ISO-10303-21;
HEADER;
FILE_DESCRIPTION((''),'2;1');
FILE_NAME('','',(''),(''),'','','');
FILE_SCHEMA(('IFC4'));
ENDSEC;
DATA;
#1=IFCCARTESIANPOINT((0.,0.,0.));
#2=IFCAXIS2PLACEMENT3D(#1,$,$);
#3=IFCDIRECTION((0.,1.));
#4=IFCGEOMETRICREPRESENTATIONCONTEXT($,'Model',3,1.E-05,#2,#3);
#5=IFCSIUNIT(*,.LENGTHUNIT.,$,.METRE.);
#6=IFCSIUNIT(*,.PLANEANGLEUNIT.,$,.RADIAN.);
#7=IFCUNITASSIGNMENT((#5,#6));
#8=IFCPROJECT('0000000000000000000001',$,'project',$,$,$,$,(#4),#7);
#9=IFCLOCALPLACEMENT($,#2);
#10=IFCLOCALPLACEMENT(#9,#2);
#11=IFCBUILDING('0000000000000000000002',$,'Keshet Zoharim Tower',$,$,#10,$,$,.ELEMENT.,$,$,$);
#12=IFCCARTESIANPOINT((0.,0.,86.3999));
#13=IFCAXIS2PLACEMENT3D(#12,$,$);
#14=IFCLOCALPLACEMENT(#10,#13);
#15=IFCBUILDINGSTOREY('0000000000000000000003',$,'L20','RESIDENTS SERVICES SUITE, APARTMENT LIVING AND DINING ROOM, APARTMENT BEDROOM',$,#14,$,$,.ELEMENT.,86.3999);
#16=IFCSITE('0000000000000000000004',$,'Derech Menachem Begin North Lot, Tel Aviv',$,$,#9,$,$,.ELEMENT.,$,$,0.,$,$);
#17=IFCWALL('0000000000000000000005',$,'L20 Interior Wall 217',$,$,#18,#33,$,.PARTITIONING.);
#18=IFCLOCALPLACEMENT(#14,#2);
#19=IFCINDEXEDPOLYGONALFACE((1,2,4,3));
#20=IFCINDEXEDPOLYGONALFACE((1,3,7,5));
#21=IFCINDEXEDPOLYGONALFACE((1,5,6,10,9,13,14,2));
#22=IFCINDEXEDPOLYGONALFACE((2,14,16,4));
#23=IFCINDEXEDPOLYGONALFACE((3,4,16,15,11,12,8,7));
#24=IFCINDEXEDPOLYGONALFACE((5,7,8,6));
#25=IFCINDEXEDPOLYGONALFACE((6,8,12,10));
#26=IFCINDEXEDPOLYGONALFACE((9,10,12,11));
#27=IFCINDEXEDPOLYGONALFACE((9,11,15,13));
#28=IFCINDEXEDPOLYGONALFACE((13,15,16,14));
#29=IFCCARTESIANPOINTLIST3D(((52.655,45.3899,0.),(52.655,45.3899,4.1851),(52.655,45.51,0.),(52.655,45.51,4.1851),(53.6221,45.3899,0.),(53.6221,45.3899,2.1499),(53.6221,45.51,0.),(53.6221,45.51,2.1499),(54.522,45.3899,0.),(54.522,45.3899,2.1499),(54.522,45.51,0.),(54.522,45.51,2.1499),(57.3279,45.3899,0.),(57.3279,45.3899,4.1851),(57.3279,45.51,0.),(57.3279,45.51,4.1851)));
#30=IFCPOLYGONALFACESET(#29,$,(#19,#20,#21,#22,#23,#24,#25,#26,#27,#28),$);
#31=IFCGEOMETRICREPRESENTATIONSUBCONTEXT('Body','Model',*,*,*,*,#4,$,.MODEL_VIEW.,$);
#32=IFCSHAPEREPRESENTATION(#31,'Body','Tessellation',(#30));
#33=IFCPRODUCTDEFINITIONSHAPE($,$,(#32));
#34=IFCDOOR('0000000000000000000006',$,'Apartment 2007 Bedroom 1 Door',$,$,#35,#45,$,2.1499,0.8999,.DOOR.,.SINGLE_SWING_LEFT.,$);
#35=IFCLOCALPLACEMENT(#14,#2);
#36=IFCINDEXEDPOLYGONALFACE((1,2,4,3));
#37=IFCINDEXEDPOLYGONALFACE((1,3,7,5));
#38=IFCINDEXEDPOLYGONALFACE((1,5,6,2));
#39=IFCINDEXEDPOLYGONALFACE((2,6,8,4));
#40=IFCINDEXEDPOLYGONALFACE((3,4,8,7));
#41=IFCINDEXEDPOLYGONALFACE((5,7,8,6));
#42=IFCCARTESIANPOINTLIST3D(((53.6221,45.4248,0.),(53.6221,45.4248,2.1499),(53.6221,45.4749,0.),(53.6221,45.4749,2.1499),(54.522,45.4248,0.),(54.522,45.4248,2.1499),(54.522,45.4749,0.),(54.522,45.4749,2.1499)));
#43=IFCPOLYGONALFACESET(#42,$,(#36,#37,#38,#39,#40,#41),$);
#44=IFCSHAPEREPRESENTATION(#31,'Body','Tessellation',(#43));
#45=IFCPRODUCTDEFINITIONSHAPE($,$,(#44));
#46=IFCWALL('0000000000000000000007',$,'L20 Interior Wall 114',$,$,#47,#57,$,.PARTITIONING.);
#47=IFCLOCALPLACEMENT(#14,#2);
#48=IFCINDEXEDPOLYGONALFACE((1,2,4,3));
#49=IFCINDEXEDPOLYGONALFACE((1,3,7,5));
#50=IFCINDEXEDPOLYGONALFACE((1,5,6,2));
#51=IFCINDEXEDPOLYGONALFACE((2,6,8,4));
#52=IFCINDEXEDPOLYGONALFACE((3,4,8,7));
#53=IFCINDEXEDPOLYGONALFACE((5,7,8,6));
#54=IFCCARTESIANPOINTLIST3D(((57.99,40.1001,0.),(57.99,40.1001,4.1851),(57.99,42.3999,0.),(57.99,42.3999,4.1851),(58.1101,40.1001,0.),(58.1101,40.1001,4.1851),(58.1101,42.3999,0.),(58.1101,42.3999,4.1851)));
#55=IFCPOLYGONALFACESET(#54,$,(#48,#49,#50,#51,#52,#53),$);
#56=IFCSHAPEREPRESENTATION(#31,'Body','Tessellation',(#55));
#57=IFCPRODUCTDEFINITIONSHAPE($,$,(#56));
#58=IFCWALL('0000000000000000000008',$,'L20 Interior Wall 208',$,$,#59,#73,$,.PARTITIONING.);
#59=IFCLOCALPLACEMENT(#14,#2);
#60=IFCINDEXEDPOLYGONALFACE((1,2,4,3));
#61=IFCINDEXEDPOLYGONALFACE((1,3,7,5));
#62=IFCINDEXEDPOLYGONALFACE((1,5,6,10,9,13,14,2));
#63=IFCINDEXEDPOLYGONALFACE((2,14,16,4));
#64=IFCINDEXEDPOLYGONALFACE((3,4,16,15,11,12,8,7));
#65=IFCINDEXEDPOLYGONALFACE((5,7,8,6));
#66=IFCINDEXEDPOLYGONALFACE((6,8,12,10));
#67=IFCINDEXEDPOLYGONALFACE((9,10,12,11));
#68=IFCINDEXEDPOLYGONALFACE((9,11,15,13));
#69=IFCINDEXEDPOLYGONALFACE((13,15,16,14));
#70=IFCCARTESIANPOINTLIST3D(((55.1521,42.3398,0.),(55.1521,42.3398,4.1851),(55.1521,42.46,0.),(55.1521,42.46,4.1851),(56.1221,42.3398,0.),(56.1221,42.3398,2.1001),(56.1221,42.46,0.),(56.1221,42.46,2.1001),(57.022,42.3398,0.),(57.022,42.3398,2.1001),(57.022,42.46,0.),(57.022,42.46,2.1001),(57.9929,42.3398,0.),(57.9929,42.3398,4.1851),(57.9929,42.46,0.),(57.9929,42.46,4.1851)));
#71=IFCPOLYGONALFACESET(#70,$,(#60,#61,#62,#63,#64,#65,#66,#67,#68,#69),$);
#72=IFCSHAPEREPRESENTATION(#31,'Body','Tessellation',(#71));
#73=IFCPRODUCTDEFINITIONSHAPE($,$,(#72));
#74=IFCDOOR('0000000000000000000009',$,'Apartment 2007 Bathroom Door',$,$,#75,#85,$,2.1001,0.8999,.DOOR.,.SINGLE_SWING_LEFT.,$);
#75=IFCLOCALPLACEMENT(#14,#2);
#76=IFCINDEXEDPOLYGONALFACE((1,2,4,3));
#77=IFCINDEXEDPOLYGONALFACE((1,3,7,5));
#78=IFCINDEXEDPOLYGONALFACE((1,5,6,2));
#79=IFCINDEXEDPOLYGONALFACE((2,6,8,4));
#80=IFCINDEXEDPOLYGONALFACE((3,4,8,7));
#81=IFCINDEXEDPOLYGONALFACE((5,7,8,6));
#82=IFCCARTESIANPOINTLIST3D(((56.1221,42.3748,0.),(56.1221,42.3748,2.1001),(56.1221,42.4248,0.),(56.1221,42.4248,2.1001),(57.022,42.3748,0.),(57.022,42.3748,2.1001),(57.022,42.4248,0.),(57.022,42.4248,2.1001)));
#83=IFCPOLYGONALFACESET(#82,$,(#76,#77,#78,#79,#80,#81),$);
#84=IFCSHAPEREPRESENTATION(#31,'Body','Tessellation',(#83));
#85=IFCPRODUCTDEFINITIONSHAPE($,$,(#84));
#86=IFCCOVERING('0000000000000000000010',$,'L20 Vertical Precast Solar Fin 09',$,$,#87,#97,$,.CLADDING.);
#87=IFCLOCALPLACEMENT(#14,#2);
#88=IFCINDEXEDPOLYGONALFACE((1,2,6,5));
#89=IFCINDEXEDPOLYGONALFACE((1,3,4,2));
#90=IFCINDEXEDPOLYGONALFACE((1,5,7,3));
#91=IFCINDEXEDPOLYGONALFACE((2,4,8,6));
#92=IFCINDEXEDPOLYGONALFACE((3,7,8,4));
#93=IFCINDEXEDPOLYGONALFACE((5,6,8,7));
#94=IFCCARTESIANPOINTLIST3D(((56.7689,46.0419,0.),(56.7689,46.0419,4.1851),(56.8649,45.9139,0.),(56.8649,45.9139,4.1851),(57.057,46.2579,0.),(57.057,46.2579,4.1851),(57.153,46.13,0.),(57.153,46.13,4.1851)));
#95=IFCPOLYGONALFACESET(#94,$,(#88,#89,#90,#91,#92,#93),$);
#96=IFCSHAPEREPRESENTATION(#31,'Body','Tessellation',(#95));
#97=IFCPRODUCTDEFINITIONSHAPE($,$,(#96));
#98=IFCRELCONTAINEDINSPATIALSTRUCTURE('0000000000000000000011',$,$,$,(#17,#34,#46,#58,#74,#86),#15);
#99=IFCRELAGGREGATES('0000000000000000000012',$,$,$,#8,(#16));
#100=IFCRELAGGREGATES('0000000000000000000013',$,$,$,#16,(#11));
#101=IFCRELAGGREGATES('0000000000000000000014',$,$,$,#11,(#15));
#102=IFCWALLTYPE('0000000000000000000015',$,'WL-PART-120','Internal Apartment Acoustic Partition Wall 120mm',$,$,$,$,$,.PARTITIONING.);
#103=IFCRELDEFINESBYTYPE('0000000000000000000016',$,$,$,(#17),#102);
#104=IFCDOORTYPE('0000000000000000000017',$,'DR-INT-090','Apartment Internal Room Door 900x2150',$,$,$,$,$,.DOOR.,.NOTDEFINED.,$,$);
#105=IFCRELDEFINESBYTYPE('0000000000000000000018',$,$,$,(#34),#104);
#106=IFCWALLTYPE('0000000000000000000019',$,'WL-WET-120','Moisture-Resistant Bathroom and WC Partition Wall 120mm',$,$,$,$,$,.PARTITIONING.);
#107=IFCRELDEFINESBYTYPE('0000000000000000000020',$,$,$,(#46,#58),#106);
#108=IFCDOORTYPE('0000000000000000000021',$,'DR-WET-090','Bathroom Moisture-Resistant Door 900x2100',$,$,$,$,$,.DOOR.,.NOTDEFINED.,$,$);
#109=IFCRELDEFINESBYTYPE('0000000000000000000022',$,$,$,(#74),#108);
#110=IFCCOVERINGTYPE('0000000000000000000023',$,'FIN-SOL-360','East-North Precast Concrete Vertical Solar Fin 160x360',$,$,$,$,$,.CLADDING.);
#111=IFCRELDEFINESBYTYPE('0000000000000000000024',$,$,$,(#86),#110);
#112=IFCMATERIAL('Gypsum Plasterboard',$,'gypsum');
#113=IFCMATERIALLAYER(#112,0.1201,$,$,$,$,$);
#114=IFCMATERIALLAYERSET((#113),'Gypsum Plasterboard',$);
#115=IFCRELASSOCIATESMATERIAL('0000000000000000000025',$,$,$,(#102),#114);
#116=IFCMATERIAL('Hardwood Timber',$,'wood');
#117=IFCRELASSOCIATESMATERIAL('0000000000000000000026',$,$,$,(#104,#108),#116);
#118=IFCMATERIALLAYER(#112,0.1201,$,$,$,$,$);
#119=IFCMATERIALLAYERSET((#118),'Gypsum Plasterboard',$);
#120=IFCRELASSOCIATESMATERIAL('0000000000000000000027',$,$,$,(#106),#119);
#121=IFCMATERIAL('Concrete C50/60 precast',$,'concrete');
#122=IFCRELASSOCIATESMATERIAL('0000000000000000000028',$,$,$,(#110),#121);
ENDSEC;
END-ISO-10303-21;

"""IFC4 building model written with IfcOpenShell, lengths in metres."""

from ifc_helpers import new_model, si_unit, direction, frame, frame_2d, origin, origin_2d, place, context, subcontext, project, spatial, rectangle, extrude, material, layer, layer_set, type_object, element, fill, save


model = new_model("IFC4")

# Units and contexts
model_context = context("Model", 3, precision=1e-05, world=origin(), true_north=direction((0.0, 1.0)))
body_context = subcontext(model_context, "Body", "Model", "MODEL_VIEW")
ifc_project = project(units=[si_unit("LENGTHUNIT", "METRE"), si_unit("PLANEANGLEUNIT", "RADIAN")], contexts=[model_context])

# Site, building, storey
site_placement = place(None, origin())
site = spatial("IfcSite", under=ifc_project, at=site_placement, Name="Derech Menachem Begin North Lot, Tel Aviv", CompositionType="ELEMENT", RefElevation=0.0)
building_placement = place(site_placement, origin())
building = spatial("IfcBuilding", under=site, at=building_placement, Name="Keshet Zoharim Tower", CompositionType="ELEMENT")
storey_placement = place(building_placement, frame((0.0, 0.0, 86.3999)))
storey = spatial("IfcBuildingStorey", under=building, at=storey_placement, Name="L20", Description="RESIDENTS SERVICES SUITE, APARTMENT LIVING AND DINING ROOM, APARTMENT BEDROOM", CompositionType="ELEMENT", Elevation=86.3999)

# Shared definitions
ifc_material_1 = material(Name="Gypsum Plasterboard", Category="gypsum")
ifc_layer_1 = layer(ifc_material_1, 0.1201)
ifc_layer_set_1 = layer_set([ifc_layer_1], Name="Gypsum Plasterboard")
wall_type_1 = type_object("IfcWallType", Name="WL-PART-120", Description="Internal Apartment Acoustic Partition Wall 120mm", PredefinedType="PARTITIONING", material=ifc_layer_set_1)

# Shared definitions
ifc_material_2 = material(Name="Hardwood Timber", Category="wood")
door_type_1 = type_object("IfcDoorType", Name="DR-INT-090", Description="Apartment Internal Room Door 900x2150", OperationType="NOTDEFINED", PredefinedType="DOOR", material=ifc_material_2)

# Wall, opening, door
wall_1_placement = place(storey_placement, frame((52.655, 45.45, 0.0), z_axis=(0.0, 0.0, 1.0), x_axis=(1.0, 0.0, 0.0)))
wall_1 = element("IfcWall", 1, at=wall_1_placement, inside=storey, type_object=wall_type_1, Name="L20 Interior Wall 217", PredefinedType="PARTITIONING", context=body_context, shape_type="SweptSolid", body=[
    extrude(rectangle(XDim=4.6729, YDim=0.1201, at=frame_2d((2.3364, 0.0))), origin(), (0.0, 0.0, 1.0), 4.1851),
])
opening_1_placement = place(wall_1_placement, frame((0.967, 0.0, 0.0)))
opening_1 = element("IfcOpeningElement", 2, at=opening_1_placement, cuts=wall_1, PredefinedType="OPENING", context=body_context, shape_type="SweptSolid", body=[
    extrude(rectangle(XDim=0.8999, YDim=2.1499, at=frame_2d((0.45, 1.075))), frame((0.0, 0.0701, 0.0), z_axis=(0.0, -1.0, 0.0), x_axis=(1.0, 0.0, 0.0)), (0.0, 0.0, 1.0), 0.1401),
])
door_1_placement = place(opening_1_placement, origin())
door_1 = element("IfcDoor", 3, at=door_1_placement, inside=storey, type_object=door_type_1, Name="Apartment 2007 Bedroom 1 Door", OperationType="SINGLE_SWING_LEFT", OverallHeight=2.1499, OverallWidth=0.8999, PredefinedType="DOOR", context=body_context, shape_type="SweptSolid", body=[
    extrude(rectangle(XDim=0.8999, YDim=2.1499, at=frame_2d((0.45, 1.075))), frame((0.0, 0.0249, 0.0), z_axis=(0.0, -1.0, 0.0), x_axis=(1.0, 0.0, 0.0)), (0.0, 0.0, 1.0), 0.05),
])
fill(opening_1, door_1)

# Wall
ifc_layer_2 = layer(ifc_material_1, 0.1201)
ifc_layer_set_2 = layer_set([ifc_layer_2], Name="Gypsum Plasterboard")
wall_type_2 = type_object("IfcWallType", Name="WL-WET-120", Description="Moisture-Resistant Bathroom and WC Partition Wall 120mm", PredefinedType="PARTITIONING", material=ifc_layer_set_2)
wall_2_placement = place(storey_placement, frame((58.05, 40.1001, 0.0), z_axis=(0.0, 0.0, 1.0), x_axis=(0.0, 1.0, 0.0)))
element("IfcWall", 4, at=wall_2_placement, inside=storey, type_object=wall_type_2, Name="L20 Interior Wall 114", PredefinedType="PARTITIONING", context=body_context, shape_type="SweptSolid", body=[
    extrude(rectangle(XDim=2.2998, YDim=0.1201, at=frame_2d((1.1499, 0.0))), origin(), (0.0, 0.0, 1.0), 4.1851),
])

# Wall, opening, door
wall_3_placement = place(storey_placement, frame((55.1521, 42.3999, 0.0), z_axis=(0.0, 0.0, 1.0), x_axis=(1.0, 0.0, 0.0)))
wall_3 = element("IfcWall", 5, at=wall_3_placement, inside=storey, type_object=wall_type_2, Name="L20 Interior Wall 208", PredefinedType="PARTITIONING", context=body_context, shape_type="SweptSolid", body=[
    extrude(rectangle(XDim=2.8408, YDim=0.1201, at=frame_2d((1.4204, 0.0))), origin(), (0.0, 0.0, 1.0), 4.1851),
])
opening_2_placement = place(wall_3_placement, frame((0.97, 0.0, 0.0)))
opening_2 = element("IfcOpeningElement", 6, at=opening_2_placement, cuts=wall_3, PredefinedType="OPENING", context=body_context, shape_type="SweptSolid", body=[
    extrude(rectangle(XDim=0.8999, YDim=2.1001, at=frame_2d((0.45, 1.05))), frame((0.0, 0.0701, 0.0), z_axis=(0.0, -1.0, 0.0), x_axis=(1.0, 0.0, 0.0)), (0.0, 0.0, 1.0), 0.1401),
])
door_type_2 = type_object("IfcDoorType", Name="DR-WET-090", Description="Bathroom Moisture-Resistant Door 900x2100", OperationType="NOTDEFINED", PredefinedType="DOOR", material=ifc_material_2)
door_2_placement = place(opening_2_placement, origin())
door_2 = element("IfcDoor", 7, at=door_2_placement, inside=storey, type_object=door_type_2, Name="Apartment 2007 Bathroom Door", OperationType="SINGLE_SWING_LEFT", OverallHeight=2.1001, OverallWidth=0.8999, PredefinedType="DOOR", context=body_context, shape_type="SweptSolid", body=[
    extrude(rectangle(XDim=0.8999, YDim=2.1001, at=frame_2d((0.45, 1.05))), frame((0.0, 0.0249, 0.0), z_axis=(0.0, -1.0, 0.0), x_axis=(1.0, 0.0, 0.0)), (0.0, 0.0, 1.0), 0.05),
])
fill(opening_2, door_2)

# Covering
ifc_material_3 = material(Name="Concrete C50/60 precast", Category="concrete")
covering_type = type_object("IfcCoveringType", Name="FIN-SOL-360", Description="East-North Precast Concrete Vertical Solar Fin 160x360", PredefinedType="CLADDING", material=ifc_material_3)
covering_placement = place(storey_placement, frame((56.9609, 46.0859, 0.0), z_axis=(0.0, 0.0, 1.0), x_axis=(0.6, -0.8, 0.0)))
element("IfcCovering", 8, at=covering_placement, inside=storey, type_object=covering_type, Name="L20 Vertical Precast Solar Fin 09", PredefinedType="CLADDING", context=body_context, shape_type="SweptSolid", body=[
    extrude(rectangle(XDim=0.1599, YDim=0.3601, at=origin_2d()), origin(), (0.0, 0.0, 1.0), 4.1851),
])

save(model, "model.ifc")
